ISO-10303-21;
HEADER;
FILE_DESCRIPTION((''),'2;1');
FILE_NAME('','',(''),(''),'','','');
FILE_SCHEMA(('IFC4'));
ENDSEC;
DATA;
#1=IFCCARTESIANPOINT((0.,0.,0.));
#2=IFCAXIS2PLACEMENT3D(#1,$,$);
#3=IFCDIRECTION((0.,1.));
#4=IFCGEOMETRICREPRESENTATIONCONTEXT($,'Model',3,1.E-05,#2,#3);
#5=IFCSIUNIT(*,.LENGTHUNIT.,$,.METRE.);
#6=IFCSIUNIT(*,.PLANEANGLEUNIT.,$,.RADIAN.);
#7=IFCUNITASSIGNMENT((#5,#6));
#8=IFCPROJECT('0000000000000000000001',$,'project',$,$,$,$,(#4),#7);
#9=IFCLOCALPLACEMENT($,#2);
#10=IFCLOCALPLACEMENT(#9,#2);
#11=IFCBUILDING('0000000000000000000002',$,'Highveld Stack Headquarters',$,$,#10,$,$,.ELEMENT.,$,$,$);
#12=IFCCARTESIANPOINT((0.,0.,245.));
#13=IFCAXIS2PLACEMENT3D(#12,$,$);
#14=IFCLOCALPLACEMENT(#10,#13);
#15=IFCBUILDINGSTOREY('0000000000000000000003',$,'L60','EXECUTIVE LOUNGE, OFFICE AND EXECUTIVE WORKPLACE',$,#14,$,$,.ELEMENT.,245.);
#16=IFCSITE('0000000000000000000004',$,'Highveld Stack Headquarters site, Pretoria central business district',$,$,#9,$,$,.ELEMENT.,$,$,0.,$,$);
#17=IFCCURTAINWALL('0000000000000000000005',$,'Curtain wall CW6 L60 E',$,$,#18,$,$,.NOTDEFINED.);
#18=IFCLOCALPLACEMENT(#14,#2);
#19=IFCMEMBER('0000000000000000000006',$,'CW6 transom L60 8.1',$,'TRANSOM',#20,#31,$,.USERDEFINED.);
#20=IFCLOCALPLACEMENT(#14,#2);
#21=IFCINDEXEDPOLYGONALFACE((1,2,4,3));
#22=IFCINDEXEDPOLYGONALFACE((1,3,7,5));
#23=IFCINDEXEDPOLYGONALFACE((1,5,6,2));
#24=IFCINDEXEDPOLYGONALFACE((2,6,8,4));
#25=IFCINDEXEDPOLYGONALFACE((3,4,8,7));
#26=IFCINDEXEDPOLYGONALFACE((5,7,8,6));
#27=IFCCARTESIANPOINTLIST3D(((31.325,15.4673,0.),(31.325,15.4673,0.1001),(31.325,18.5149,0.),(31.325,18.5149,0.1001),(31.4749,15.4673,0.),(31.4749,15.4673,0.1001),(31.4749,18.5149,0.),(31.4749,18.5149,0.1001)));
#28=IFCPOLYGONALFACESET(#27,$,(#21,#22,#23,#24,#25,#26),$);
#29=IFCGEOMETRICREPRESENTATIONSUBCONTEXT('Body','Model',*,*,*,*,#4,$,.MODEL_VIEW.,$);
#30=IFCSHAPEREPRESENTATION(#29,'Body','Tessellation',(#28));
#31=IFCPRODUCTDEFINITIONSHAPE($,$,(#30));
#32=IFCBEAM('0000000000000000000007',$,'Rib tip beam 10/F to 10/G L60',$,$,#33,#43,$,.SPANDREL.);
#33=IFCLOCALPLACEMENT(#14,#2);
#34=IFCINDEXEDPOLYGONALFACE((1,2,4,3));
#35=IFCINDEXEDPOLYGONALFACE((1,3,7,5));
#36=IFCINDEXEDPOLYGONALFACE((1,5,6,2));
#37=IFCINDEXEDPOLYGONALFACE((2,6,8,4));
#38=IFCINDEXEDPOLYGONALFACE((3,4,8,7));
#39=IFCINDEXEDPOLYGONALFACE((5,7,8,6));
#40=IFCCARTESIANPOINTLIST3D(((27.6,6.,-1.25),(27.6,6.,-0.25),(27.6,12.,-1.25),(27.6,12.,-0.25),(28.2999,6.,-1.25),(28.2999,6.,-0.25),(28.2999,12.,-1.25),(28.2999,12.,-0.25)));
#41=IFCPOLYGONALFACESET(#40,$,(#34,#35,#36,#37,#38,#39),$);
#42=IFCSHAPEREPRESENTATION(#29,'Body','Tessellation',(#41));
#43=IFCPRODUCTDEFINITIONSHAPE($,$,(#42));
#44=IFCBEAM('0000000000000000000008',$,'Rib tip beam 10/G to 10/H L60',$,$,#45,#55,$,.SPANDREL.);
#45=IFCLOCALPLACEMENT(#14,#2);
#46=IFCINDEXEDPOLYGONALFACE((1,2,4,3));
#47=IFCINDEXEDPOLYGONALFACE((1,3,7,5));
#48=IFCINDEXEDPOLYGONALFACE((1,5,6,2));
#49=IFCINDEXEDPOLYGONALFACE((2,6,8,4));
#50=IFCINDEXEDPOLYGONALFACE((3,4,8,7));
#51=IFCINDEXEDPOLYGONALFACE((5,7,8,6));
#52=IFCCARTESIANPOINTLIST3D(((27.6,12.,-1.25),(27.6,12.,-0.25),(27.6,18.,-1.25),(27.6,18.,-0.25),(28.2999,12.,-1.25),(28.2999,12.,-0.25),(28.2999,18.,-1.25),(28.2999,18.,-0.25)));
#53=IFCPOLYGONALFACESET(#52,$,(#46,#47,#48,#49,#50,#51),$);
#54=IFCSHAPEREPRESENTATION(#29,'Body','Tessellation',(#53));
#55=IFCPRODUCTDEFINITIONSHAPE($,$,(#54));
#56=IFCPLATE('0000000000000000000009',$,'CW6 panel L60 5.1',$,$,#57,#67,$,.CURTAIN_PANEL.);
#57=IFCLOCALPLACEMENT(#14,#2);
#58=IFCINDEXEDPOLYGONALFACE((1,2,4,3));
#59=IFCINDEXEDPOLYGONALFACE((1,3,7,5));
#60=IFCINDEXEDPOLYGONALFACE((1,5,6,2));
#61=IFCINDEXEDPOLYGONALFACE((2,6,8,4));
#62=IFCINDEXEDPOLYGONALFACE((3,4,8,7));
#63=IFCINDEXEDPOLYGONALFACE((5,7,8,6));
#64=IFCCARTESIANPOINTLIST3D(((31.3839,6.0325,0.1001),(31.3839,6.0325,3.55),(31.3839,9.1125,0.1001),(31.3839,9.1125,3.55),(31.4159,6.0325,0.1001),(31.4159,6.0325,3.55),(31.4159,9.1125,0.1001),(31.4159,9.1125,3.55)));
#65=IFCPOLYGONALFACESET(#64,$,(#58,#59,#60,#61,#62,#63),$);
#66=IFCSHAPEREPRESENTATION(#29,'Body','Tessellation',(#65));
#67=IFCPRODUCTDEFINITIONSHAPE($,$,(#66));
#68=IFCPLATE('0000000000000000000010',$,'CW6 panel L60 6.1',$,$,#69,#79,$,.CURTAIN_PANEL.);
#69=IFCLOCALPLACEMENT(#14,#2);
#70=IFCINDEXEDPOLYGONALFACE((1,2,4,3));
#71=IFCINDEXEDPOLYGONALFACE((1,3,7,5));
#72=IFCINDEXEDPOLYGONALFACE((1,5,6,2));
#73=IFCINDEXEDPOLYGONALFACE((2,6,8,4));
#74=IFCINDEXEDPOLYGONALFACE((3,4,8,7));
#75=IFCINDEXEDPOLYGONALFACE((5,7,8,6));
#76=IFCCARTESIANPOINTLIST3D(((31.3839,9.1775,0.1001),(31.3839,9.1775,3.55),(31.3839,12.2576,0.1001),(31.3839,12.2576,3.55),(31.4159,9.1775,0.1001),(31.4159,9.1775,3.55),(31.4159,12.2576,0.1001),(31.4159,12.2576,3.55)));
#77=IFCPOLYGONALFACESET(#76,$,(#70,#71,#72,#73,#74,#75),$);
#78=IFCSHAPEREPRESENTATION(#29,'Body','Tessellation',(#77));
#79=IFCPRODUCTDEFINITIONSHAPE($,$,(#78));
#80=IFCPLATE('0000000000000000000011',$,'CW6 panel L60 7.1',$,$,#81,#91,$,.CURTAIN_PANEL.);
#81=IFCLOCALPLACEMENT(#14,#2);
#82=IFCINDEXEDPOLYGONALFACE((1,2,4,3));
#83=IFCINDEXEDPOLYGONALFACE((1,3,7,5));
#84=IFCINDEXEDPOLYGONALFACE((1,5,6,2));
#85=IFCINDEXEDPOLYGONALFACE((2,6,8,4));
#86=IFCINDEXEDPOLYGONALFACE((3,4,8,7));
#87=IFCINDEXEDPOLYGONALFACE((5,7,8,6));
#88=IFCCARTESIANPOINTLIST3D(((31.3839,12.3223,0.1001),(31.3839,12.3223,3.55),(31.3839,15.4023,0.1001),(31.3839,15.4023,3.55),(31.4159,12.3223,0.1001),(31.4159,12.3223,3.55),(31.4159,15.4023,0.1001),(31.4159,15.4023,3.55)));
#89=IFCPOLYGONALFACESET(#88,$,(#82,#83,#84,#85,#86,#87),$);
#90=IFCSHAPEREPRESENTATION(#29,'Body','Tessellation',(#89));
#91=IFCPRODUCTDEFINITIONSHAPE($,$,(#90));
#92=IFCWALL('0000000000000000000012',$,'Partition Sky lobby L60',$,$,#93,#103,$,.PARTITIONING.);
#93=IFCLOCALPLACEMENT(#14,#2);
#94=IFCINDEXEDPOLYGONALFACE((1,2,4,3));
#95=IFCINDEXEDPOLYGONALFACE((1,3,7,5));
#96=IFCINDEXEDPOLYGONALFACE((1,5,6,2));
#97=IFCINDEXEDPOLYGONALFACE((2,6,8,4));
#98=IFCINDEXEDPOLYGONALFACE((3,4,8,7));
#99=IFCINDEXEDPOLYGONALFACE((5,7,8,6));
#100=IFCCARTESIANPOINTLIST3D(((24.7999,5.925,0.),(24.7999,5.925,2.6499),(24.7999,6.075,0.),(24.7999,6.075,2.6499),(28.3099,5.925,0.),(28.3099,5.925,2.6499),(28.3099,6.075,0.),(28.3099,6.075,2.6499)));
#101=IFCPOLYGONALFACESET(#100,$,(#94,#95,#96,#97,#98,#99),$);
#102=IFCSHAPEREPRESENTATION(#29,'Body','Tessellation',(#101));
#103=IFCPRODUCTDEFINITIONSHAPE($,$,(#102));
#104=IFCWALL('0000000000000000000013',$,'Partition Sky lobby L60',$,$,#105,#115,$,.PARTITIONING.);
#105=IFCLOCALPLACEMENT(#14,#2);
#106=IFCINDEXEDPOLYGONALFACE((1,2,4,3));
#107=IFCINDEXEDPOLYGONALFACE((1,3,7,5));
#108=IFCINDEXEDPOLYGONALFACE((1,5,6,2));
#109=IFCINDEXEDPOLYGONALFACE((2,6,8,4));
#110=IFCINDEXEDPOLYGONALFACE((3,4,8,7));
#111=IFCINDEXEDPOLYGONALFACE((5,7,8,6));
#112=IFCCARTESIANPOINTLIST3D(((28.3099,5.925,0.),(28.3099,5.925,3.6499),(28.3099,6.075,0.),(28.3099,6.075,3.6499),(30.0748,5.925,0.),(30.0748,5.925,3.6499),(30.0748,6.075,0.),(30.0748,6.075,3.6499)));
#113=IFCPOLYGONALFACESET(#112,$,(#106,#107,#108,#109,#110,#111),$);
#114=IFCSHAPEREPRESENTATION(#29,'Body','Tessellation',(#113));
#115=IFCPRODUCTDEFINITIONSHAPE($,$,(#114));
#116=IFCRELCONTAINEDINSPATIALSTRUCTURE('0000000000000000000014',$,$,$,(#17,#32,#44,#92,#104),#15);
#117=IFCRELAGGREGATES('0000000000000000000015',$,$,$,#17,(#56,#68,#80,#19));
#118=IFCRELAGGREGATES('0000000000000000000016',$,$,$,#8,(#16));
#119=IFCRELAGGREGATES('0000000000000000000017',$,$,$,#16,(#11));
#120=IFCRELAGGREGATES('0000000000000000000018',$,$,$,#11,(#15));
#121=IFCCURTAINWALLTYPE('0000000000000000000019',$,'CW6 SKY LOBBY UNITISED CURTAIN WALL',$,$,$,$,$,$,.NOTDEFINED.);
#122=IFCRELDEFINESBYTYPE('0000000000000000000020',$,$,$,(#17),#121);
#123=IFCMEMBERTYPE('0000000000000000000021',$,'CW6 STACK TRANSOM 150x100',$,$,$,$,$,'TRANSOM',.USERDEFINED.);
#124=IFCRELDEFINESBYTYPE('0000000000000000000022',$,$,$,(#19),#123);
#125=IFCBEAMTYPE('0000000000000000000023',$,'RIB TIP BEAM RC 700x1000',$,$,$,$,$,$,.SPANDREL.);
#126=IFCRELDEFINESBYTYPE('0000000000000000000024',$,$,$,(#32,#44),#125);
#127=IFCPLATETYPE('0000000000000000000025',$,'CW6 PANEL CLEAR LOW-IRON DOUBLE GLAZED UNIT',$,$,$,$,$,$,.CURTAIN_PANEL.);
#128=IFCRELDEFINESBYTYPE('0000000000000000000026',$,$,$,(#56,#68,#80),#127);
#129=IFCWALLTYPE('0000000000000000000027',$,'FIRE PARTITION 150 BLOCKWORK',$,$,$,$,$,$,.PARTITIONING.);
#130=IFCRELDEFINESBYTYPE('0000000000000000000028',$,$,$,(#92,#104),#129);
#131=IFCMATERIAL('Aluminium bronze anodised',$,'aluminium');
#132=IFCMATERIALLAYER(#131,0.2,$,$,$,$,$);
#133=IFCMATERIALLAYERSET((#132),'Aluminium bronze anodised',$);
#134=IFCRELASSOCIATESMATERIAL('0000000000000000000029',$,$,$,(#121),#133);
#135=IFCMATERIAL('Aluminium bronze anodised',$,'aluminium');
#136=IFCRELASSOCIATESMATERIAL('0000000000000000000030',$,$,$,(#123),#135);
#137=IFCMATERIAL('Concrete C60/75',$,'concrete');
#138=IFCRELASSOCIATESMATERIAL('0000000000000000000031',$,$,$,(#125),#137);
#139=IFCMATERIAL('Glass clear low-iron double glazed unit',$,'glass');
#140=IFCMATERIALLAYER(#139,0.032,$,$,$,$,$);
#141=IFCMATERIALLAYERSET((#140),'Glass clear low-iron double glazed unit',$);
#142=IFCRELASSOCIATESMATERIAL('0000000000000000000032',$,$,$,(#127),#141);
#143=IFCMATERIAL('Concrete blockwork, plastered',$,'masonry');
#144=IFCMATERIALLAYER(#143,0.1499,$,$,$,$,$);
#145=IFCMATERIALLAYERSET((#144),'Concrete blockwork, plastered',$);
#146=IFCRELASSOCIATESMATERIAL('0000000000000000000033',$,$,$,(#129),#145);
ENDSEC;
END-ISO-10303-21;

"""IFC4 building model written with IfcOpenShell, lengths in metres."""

from ifc_helpers import new_model, si_unit, direction, frame, frame_2d, origin, origin_2d, place, context, subcontext, project, spatial, rectangle, extrude, material, layer, layer_set, material_profile, profile_set, type_object, element, aggregate, save


model = new_model("IFC4")

# Units and contexts
model_context = context("Model", 3, precision=1e-05, world=origin(), true_north=direction((0.0, 1.0)))
body_context = subcontext(model_context, "Body", "Model", "MODEL_VIEW")
ifc_project = project(units=[si_unit("LENGTHUNIT", "METRE"), si_unit("PLANEANGLEUNIT", "RADIAN")], contexts=[model_context])

# Site, building, storey
site_placement = place(None, origin())
site = spatial("IfcSite", under=ifc_project, at=site_placement, Name="Highveld Stack Headquarters site, Pretoria central business district", CompositionType="ELEMENT", RefElevation=0.0)
building_placement = place(site_placement, origin())
building = spatial("IfcBuilding", under=site, at=building_placement, Name="Highveld Stack Headquarters", CompositionType="ELEMENT")
storey_placement = place(building_placement, frame((0.0, 0.0, 245.0)))
storey = spatial("IfcBuildingStorey", under=building, at=storey_placement, Name="L60", Description="EXECUTIVE LOUNGE, OFFICE AND EXECUTIVE WORKPLACE", CompositionType="ELEMENT", Elevation=245.0)

# Curtain wall, member
ifc_material_1 = material(Name="Aluminium bronze anodised", Category="aluminium")
ifc_layer_1 = layer(ifc_material_1, 0.2)
ifc_layer_set_1 = layer_set([ifc_layer_1], Name="Aluminium bronze anodised")
curtain_wall_type = type_object("IfcCurtainWallType", Name="CW6 SKY LOBBY UNITISED CURTAIN WALL", PredefinedType="NOTDEFINED", material=ifc_layer_set_1)
curtain_wall_placement = place(storey_placement, origin())
curtain_wall = element("IfcCurtainWall", 1, at=curtain_wall_placement, inside=storey, type_object=curtain_wall_type, Name="Curtain wall CW6 L60 E", PredefinedType="NOTDEFINED")
ifc_material_2 = material(Name="Aluminium bronze anodised", Category="aluminium")
ifc_material_profile_1 = material_profile(ifc_material_2, rectangle(XDim=0.1499, YDim=0.1001, at=origin_2d()), Name="CW6 TRANSOM 150x100")
ifc_profile_set_1 = profile_set([ifc_material_profile_1], Name="Aluminium bronze anodised")
member_type_1 = type_object("IfcMemberType", Name="CW6 STACK TRANSOM 150x100", ElementType="TRANSOM", PredefinedType="USERDEFINED", material=ifc_profile_set_1)
member_1_placement = place(storey_placement, frame((31.3999, 15.4673, 0.05), z_axis=(0.0, 1.0, 0.0), x_axis=(-1.0, 0.0, 0.0)))
member_1 = element("IfcMember", 2, at=member_1_placement, type_object=member_type_1, Name="CW6 transom L60 8.1", ObjectType="TRANSOM", PredefinedType="USERDEFINED", context=body_context, shape_type="SweptSolid", body=[
    extrude(rectangle(XDim=0.1499, YDim=0.1001, at=origin_2d()), origin(), (0.0, 0.0, 1.0), 3.0476),
])

# Beams
ifc_material_3 = material(Name="Concrete C60/75", Category="concrete")
ifc_material_profile_2 = material_profile(ifc_material_3, rectangle(XDim=0.7, YDim=1.0, at=origin_2d()), Name="RC 700x1000")
ifc_profile_set_2 = profile_set([ifc_material_profile_2], Name="Concrete C60/75")
beam_type = type_object("IfcBeamType", Name="RIB TIP BEAM RC 700x1000", PredefinedType="SPANDREL", material=ifc_profile_set_2)
for number, where, z_axis, x_axis, name in (
    (3, (27.95, 6.0, -0.75), (0.0, 1.0, 0.0), (-1.0, 0.0, 0.0), "Rib tip beam 10/F to 10/G L60"),
    (4, (27.95, 12.0, -0.75), (0.0, 1.0, 0.0), (-1.0, 0.0, 0.0), "Rib tip beam 10/G to 10/H L60"),
):
    element("IfcBeam", number, at=place(storey_placement, frame(where, z_axis=z_axis, x_axis=x_axis)), inside=storey, type_object=beam_type, Name=name, PredefinedType="SPANDREL", context=body_context, shape_type="SweptSolid", body=[
        extrude(rectangle(XDim=0.7, YDim=1.0, at=origin_2d()), origin(), (0.0, 0.0, 1.0), 6.0),
    ])

# Plates
ifc_material_4 = material(Name="Glass clear low-iron double glazed unit", Category="glass")
ifc_layer_2 = layer(ifc_material_4, 0.032)
ifc_layer_set_2 = layer_set([ifc_layer_2], Name="Glass clear low-iron double glazed unit")
plate_type = type_object("IfcPlateType", Name="CW6 PANEL CLEAR LOW-IRON DOUBLE GLAZED UNIT", PredefinedType="CURTAIN_PANEL", material=ifc_layer_set_2)
plate_1_placement = place(storey_placement, frame((31.3999, 7.5725, 0.1001), z_axis=(0.0, 0.0, 1.0), x_axis=(0.0, 1.0, 0.0)))
plate_1 = element("IfcPlate", 5, at=plate_1_placement, type_object=plate_type, Name="CW6 panel L60 5.1", PredefinedType="CURTAIN_PANEL", context=body_context, shape_type="SweptSolid", body=[
    extrude(rectangle(XDim=3.0801, YDim=0.032, at=origin_2d()), origin(), (0.0, 0.0, 1.0), 3.45),
])
plate_2_placement = place(storey_placement, frame((31.3999, 10.7175, 0.1001), z_axis=(0.0, 0.0, 1.0), x_axis=(0.0, 1.0, 0.0)))
plate_2 = element("IfcPlate", 6, at=plate_2_placement, type_object=plate_type, Name="CW6 panel L60 6.1", PredefinedType="CURTAIN_PANEL", context=body_context, shape_type="SweptSolid", body=[
    extrude(rectangle(XDim=3.0801, YDim=0.032, at=origin_2d()), origin(), (0.0, 0.0, 1.0), 3.45),
])
plate_3_placement = place(storey_placement, frame((31.3999, 13.8623, 0.1001), z_axis=(0.0, 0.0, 1.0), x_axis=(0.0, 1.0, 0.0)))
plate_3 = element("IfcPlate", 7, at=plate_3_placement, type_object=plate_type, Name="CW6 panel L60 7.1", PredefinedType="CURTAIN_PANEL", context=body_context, shape_type="SweptSolid", body=[
    extrude(rectangle(XDim=3.0801, YDim=0.032, at=origin_2d()), origin(), (0.0, 0.0, 1.0), 3.45),
])
aggregate(curtain_wall, [plate_1, plate_2, plate_3, member_1])

# Walls
ifc_material_5 = material(Name="Concrete blockwork, plastered", Category="masonry")
ifc_layer_3 = layer(ifc_material_5, 0.1499)
ifc_layer_set_3 = layer_set([ifc_layer_3], Name="Concrete blockwork, plastered")
wall_type = type_object("IfcWallType", Name="FIRE PARTITION 150 BLOCKWORK", PredefinedType="PARTITIONING", material=ifc_layer_set_3)
wall_1_placement = place(storey_placement, frame((24.8, 6.0, 0.0), z_axis=(0.0, 0.0, 1.0), x_axis=(1.0, 0.0, 0.0)))
element("IfcWall", 8, at=wall_1_placement, inside=storey, type_object=wall_type, Name="Partition Sky lobby L60", PredefinedType="PARTITIONING", context=body_context, shape_type="SweptSolid", body=[
    extrude(rectangle(XDim=3.51, YDim=0.1499, at=frame_2d((1.7549, 0.0))), origin(), (0.0, 0.0, 1.0), 2.6499),
])
wall_2_placement = place(storey_placement, frame((28.3101, 6.0, 0.0), z_axis=(0.0, 0.0, 1.0), x_axis=(1.0, 0.0, 0.0)))
element("IfcWall", 9, at=wall_2_placement, inside=storey, type_object=wall_type, Name="Partition Sky lobby L60", PredefinedType="PARTITIONING", context=body_context, shape_type="SweptSolid", body=[
    extrude(rectangle(XDim=1.7649, YDim=0.1499, at=frame_2d((0.8823, 0.0))), origin(), (0.0, 0.0, 1.0), 3.6499),
])

save(model, "model.ifc")
